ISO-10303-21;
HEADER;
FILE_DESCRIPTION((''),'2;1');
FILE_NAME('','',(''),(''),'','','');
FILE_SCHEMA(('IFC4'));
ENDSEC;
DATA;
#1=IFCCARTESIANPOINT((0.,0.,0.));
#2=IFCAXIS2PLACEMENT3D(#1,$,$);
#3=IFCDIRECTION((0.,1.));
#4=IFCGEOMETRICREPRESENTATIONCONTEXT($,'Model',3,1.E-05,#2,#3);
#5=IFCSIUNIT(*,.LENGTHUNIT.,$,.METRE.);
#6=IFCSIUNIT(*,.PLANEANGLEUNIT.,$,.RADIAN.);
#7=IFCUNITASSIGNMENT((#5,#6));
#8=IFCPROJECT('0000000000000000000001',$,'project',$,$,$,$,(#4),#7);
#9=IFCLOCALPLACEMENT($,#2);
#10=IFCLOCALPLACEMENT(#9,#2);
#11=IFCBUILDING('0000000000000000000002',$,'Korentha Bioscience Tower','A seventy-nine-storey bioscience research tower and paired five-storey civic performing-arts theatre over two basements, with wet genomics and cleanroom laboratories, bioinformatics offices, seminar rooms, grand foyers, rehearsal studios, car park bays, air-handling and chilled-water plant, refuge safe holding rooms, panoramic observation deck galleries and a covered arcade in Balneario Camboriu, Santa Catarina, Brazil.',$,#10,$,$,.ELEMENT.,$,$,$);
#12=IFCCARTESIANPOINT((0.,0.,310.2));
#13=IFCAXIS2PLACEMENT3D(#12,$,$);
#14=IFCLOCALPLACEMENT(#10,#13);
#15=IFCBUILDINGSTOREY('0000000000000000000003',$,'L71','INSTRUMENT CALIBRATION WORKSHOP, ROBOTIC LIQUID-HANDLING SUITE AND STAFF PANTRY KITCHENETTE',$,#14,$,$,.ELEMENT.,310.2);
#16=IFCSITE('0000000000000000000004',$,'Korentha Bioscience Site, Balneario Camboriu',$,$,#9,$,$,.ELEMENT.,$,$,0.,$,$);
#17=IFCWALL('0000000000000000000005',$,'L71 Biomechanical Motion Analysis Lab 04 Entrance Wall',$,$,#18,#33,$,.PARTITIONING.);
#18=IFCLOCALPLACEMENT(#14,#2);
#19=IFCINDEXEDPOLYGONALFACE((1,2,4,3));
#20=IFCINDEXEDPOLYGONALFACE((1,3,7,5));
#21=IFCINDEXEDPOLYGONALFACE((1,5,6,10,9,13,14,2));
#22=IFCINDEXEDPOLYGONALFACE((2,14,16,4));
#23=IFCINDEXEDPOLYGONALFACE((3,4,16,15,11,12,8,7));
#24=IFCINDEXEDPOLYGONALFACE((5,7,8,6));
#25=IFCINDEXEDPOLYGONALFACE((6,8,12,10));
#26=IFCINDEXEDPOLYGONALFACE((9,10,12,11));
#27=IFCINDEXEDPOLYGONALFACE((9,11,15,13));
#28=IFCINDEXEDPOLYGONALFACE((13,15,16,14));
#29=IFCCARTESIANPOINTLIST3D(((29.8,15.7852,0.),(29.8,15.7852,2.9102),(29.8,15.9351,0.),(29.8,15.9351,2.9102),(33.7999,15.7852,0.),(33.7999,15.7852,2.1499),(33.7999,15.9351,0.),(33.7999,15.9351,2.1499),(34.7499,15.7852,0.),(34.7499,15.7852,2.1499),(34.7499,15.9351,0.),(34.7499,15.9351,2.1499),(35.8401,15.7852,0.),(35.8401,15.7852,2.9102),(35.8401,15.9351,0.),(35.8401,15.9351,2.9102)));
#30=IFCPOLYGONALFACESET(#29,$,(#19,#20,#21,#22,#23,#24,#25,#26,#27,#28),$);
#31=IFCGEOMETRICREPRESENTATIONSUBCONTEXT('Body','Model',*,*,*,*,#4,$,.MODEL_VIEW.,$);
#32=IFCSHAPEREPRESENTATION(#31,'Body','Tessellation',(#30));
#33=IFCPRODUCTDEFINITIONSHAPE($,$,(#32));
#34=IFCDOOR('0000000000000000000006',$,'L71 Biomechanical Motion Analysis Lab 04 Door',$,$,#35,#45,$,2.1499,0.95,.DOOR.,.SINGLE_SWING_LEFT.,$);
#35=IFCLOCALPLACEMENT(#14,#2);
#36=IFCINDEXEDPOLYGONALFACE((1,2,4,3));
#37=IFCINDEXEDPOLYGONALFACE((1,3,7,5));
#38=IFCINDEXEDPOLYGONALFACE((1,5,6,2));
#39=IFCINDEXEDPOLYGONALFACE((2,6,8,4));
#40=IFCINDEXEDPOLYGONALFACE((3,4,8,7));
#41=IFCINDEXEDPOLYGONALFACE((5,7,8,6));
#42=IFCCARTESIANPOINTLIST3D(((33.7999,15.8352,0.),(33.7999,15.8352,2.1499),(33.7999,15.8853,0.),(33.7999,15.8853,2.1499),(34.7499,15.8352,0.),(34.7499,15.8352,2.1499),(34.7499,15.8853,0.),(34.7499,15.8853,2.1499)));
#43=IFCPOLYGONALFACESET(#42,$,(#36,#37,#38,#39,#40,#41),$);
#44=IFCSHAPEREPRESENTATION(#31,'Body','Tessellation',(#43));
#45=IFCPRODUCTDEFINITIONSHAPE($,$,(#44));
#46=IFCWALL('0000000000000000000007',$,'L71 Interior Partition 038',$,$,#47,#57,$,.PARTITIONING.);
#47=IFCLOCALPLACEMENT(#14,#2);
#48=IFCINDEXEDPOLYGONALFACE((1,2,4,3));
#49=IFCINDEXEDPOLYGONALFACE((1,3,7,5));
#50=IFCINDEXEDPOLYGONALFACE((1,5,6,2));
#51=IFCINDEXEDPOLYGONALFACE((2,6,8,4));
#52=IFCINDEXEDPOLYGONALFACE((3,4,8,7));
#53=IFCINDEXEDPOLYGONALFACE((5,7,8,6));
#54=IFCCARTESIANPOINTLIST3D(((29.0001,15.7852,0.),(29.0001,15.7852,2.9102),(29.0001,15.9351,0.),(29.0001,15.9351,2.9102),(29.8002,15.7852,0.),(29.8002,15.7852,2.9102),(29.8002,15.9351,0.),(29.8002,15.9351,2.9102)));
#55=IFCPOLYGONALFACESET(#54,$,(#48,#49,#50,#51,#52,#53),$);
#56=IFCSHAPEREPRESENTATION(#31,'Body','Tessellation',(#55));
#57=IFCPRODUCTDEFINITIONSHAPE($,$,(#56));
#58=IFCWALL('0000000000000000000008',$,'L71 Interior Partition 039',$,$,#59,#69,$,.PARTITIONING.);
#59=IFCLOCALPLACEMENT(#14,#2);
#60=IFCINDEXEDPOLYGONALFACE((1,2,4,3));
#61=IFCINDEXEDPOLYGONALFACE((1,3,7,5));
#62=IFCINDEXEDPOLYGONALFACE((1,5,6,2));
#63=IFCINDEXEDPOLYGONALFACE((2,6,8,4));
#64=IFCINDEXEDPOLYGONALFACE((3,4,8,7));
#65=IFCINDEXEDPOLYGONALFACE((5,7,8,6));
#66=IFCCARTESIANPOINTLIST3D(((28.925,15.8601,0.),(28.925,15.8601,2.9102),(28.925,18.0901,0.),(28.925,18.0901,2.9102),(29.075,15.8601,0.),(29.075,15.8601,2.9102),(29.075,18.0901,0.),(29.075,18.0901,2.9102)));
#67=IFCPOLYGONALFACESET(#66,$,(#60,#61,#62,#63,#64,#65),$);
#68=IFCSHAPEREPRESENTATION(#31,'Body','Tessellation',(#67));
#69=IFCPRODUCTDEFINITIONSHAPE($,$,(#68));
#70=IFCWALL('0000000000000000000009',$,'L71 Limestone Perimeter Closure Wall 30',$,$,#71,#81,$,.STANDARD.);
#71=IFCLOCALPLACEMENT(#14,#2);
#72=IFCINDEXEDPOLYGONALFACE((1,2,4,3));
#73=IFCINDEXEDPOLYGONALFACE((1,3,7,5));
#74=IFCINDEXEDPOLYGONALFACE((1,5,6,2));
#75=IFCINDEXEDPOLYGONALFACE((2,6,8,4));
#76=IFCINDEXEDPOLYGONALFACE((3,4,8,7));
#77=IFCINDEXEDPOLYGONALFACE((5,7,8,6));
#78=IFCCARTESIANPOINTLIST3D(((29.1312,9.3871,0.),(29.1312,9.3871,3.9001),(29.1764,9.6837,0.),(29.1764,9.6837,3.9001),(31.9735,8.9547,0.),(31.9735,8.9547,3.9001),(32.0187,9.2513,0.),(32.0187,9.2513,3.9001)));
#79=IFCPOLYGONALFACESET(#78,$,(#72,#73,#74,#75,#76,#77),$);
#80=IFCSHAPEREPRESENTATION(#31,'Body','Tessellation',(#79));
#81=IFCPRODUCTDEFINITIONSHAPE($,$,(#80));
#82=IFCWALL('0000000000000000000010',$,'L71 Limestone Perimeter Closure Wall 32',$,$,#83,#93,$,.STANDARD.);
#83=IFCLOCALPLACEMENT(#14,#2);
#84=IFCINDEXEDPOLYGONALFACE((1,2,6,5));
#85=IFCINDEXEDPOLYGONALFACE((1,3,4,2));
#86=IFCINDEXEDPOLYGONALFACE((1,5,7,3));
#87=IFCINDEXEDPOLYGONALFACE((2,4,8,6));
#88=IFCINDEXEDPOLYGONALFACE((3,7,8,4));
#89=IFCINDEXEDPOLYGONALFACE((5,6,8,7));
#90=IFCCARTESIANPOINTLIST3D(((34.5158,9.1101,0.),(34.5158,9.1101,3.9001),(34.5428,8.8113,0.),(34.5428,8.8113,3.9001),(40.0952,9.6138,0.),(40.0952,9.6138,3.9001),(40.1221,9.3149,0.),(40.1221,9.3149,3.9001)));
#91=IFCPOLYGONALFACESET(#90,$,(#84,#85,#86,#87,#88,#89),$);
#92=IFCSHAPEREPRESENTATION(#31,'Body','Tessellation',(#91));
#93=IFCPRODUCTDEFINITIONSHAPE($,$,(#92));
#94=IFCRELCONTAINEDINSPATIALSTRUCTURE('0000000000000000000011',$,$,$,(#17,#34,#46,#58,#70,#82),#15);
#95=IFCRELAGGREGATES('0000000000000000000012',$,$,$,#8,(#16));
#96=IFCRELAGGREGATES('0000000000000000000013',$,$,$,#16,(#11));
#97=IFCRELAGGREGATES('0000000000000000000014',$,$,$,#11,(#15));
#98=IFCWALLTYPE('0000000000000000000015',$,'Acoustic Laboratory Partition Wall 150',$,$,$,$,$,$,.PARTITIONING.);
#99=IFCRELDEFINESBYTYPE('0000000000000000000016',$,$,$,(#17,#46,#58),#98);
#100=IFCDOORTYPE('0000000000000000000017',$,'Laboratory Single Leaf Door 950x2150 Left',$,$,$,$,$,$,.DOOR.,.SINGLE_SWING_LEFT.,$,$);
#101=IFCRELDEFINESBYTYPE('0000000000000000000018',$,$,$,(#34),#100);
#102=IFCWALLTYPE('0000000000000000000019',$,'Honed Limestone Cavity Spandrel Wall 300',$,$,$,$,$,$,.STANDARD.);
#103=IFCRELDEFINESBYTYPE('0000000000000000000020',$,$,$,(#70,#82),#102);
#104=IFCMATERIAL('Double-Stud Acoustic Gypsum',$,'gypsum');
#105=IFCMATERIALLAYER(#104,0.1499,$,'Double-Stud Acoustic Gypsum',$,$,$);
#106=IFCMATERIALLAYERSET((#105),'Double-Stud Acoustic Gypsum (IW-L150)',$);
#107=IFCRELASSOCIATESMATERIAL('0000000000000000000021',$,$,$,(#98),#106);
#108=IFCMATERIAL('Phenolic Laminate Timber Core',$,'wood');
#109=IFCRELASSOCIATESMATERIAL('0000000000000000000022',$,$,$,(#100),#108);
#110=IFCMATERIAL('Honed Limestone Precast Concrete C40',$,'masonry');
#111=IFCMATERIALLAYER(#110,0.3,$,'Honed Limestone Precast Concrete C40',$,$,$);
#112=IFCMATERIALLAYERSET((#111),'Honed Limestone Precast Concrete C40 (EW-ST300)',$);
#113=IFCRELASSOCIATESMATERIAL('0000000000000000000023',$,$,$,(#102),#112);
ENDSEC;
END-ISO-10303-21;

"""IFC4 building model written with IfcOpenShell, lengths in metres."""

from ifc_helpers import new_model, si_unit, direction, frame, frame_2d, origin, place, context, subcontext, project, spatial, rectangle, extrude, material, layer, layer_set, type_object, element, fill, save


model = new_model("IFC4")

# Units and contexts
model_context = context("Model", 3, precision=1e-05, world=origin(), true_north=direction((0.0, 1.0)))
body_context = subcontext(model_context, "Body", "Model", "MODEL_VIEW")
ifc_project = project(units=[si_unit("LENGTHUNIT", "METRE"), si_unit("PLANEANGLEUNIT", "RADIAN")], contexts=[model_context])

# Site, building, storey
site_placement = place(None, origin())
site = spatial("IfcSite", under=ifc_project, at=site_placement, Name="Korentha Bioscience Site, Balneario Camboriu", CompositionType="ELEMENT", RefElevation=0.0)
building_placement = place(site_placement, origin())
building = spatial("IfcBuilding", under=site, at=building_placement, Name="Korentha Bioscience Tower", Description="A seventy-nine-storey bioscience research tower and paired five-storey civic performing-arts theatre over two basements, with wet genomics and cleanroom laboratories, bioinformatics offices, seminar rooms, grand foyers, rehearsal studios, car park bays, air-handling and chilled-water plant, refuge safe holding rooms, panoramic observation deck galleries and a covered arcade in Balneario Camboriu, Santa Catarina, Brazil.", CompositionType="ELEMENT")
storey_placement = place(building_placement, frame((0.0, 0.0, 310.2)))
storey = spatial("IfcBuildingStorey", under=building, at=storey_placement, Name="L71", Description="INSTRUMENT CALIBRATION WORKSHOP, ROBOTIC LIQUID-HANDLING SUITE AND STAFF PANTRY KITCHENETTE", CompositionType="ELEMENT", Elevation=310.2)

# Wall, opening, door
ifc_material_1 = material(Name="Double-Stud Acoustic Gypsum", Category="gypsum")
ifc_layer_1 = layer(ifc_material_1, 0.1499, Name="Double-Stud Acoustic Gypsum")
ifc_layer_set_1 = layer_set([ifc_layer_1], Name="Double-Stud Acoustic Gypsum (IW-L150)")
wall_type_1 = type_object("IfcWallType", Name="Acoustic Laboratory Partition Wall 150", PredefinedType="PARTITIONING", material=ifc_layer_set_1)
wall_1_placement = place(storey_placement, frame((35.8401, 15.8601, 0.0), z_axis=(0.0, 0.0, 1.0), x_axis=(-1.0, 0.0, 0.0)))
wall_1 = element("IfcWall", 1, at=wall_1_placement, inside=storey, type_object=wall_type_1, Name="L71 Biomechanical Motion Analysis Lab 04 Entrance Wall", PredefinedType="PARTITIONING", context=body_context, shape_type="SweptSolid", body=[
    extrude(rectangle(XDim=6.04, YDim=0.1499, at=frame_2d((3.02, 0.0))), origin(), (0.0, 0.0, 1.0), 2.9102),
])
opening_placement = place(wall_1_placement, frame((1.0901, 0.0, 0.0)))
opening = element("IfcOpeningElement", 2, at=opening_placement, cuts=wall_1, PredefinedType="OPENING", context=body_context, shape_type="SweptSolid", body=[
    extrude(rectangle(XDim=0.95, YDim=2.1499, at=frame_2d((0.4751, 1.075))), frame((0.0, 0.0898, 0.0), z_axis=(0.0, -1.0, 0.0), x_axis=(1.0, 0.0, 0.0)), (0.0, 0.0, 1.0), 0.1797),
])
ifc_material_2 = material(Name="Phenolic Laminate Timber Core", Category="wood")
door_type = type_object("IfcDoorType", Name="Laboratory Single Leaf Door 950x2150 Left", OperationType="SINGLE_SWING_LEFT", PredefinedType="DOOR", material=ifc_material_2)
door_placement = place(opening_placement, origin())
door = element("IfcDoor", 3, at=door_placement, inside=storey, type_object=door_type, Name="L71 Biomechanical Motion Analysis Lab 04 Door", OperationType="SINGLE_SWING_LEFT", OverallHeight=2.1499, OverallWidth=0.95, PredefinedType="DOOR", context=body_context, shape_type="SweptSolid", body=[
    extrude(rectangle(XDim=0.95, YDim=2.1499, at=frame_2d((0.4751, 1.075))), frame((0.0, 0.0249, 0.0), z_axis=(0.0, -1.0, 0.0), x_axis=(1.0, 0.0, 0.0)), (0.0, 0.0, 1.0), 0.05),
])
fill(opening, door)

# Walls
wall_2_placement = place(storey_placement, frame((29.8, 15.8601, 0.0), z_axis=(0.0, 0.0, 1.0), x_axis=(-1.0, 0.0, 0.0)))
element("IfcWall", 4, at=wall_2_placement, inside=storey, type_object=wall_type_1, Name="L71 Interior Partition 038", PredefinedType="PARTITIONING", context=body_context, shape_type="SweptSolid", body=[
    extrude(rectangle(XDim=0.8, YDim=0.1499, at=frame_2d((0.3999, 0.0))), origin(), (0.0, 0.0, 1.0), 2.9102),
])
wall_3_placement = place(storey_placement, frame((29.0, 15.8601, 0.0), z_axis=(0.0, 0.0, 1.0), x_axis=(0.0, 1.0, 0.0)))
element("IfcWall", 5, at=wall_3_placement, inside=storey, type_object=wall_type_1, Name="L71 Interior Partition 039", PredefinedType="PARTITIONING", context=body_context, shape_type="SweptSolid", body=[
    extrude(rectangle(XDim=2.23, YDim=0.1499, at=frame_2d((1.115, 0.0))), origin(), (0.0, 0.0, 1.0), 2.9102),
])
ifc_material_3 = material(Name="Honed Limestone Precast Concrete C40", Category="masonry")
ifc_layer_2 = layer(ifc_material_3, 0.3, Name="Honed Limestone Precast Concrete C40")
ifc_layer_set_2 = layer_set([ifc_layer_2], Name="Honed Limestone Precast Concrete C40 (EW-ST300)")
wall_type_2 = type_object("IfcWallType", Name="Honed Limestone Cavity Spandrel Wall 300", PredefinedType="STANDARD", material=ifc_layer_set_2)
wall_4_placement = place(storey_placement, frame((29.1538, 9.5354, 0.0), z_axis=(0.0, 0.0, 1.0), x_axis=(0.988627, -0.150391, 0.0)))
element("IfcWall", 6, at=wall_4_placement, inside=storey, type_object=wall_type_2, Name="L71 Limestone Perimeter Closure Wall 30", PredefinedType="STANDARD", context=body_context, shape_type="SweptSolid", body=[
    extrude(rectangle(XDim=2.875, YDim=0.3, at=frame_2d((1.4375, 0.0))), origin(), (0.0, 0.0, 1.0), 3.9001),
])
wall_5_placement = place(storey_placement, frame((34.5293, 8.9607, 0.0), z_axis=(0.0, 0.0, 1.0), x_axis=(0.99595, 0.089907, 0.0)))
element("IfcWall", 7, at=wall_5_placement, inside=storey, type_object=wall_type_2, Name="L71 Limestone Perimeter Closure Wall 32", PredefinedType="STANDARD", context=body_context, shape_type="SweptSolid", body=[
    extrude(rectangle(XDim=5.6021, YDim=0.3, at=frame_2d((2.801, 0.0))), origin(), (0.0, 0.0, 1.0), 3.9001),
])

save(model, "model.ifc")
